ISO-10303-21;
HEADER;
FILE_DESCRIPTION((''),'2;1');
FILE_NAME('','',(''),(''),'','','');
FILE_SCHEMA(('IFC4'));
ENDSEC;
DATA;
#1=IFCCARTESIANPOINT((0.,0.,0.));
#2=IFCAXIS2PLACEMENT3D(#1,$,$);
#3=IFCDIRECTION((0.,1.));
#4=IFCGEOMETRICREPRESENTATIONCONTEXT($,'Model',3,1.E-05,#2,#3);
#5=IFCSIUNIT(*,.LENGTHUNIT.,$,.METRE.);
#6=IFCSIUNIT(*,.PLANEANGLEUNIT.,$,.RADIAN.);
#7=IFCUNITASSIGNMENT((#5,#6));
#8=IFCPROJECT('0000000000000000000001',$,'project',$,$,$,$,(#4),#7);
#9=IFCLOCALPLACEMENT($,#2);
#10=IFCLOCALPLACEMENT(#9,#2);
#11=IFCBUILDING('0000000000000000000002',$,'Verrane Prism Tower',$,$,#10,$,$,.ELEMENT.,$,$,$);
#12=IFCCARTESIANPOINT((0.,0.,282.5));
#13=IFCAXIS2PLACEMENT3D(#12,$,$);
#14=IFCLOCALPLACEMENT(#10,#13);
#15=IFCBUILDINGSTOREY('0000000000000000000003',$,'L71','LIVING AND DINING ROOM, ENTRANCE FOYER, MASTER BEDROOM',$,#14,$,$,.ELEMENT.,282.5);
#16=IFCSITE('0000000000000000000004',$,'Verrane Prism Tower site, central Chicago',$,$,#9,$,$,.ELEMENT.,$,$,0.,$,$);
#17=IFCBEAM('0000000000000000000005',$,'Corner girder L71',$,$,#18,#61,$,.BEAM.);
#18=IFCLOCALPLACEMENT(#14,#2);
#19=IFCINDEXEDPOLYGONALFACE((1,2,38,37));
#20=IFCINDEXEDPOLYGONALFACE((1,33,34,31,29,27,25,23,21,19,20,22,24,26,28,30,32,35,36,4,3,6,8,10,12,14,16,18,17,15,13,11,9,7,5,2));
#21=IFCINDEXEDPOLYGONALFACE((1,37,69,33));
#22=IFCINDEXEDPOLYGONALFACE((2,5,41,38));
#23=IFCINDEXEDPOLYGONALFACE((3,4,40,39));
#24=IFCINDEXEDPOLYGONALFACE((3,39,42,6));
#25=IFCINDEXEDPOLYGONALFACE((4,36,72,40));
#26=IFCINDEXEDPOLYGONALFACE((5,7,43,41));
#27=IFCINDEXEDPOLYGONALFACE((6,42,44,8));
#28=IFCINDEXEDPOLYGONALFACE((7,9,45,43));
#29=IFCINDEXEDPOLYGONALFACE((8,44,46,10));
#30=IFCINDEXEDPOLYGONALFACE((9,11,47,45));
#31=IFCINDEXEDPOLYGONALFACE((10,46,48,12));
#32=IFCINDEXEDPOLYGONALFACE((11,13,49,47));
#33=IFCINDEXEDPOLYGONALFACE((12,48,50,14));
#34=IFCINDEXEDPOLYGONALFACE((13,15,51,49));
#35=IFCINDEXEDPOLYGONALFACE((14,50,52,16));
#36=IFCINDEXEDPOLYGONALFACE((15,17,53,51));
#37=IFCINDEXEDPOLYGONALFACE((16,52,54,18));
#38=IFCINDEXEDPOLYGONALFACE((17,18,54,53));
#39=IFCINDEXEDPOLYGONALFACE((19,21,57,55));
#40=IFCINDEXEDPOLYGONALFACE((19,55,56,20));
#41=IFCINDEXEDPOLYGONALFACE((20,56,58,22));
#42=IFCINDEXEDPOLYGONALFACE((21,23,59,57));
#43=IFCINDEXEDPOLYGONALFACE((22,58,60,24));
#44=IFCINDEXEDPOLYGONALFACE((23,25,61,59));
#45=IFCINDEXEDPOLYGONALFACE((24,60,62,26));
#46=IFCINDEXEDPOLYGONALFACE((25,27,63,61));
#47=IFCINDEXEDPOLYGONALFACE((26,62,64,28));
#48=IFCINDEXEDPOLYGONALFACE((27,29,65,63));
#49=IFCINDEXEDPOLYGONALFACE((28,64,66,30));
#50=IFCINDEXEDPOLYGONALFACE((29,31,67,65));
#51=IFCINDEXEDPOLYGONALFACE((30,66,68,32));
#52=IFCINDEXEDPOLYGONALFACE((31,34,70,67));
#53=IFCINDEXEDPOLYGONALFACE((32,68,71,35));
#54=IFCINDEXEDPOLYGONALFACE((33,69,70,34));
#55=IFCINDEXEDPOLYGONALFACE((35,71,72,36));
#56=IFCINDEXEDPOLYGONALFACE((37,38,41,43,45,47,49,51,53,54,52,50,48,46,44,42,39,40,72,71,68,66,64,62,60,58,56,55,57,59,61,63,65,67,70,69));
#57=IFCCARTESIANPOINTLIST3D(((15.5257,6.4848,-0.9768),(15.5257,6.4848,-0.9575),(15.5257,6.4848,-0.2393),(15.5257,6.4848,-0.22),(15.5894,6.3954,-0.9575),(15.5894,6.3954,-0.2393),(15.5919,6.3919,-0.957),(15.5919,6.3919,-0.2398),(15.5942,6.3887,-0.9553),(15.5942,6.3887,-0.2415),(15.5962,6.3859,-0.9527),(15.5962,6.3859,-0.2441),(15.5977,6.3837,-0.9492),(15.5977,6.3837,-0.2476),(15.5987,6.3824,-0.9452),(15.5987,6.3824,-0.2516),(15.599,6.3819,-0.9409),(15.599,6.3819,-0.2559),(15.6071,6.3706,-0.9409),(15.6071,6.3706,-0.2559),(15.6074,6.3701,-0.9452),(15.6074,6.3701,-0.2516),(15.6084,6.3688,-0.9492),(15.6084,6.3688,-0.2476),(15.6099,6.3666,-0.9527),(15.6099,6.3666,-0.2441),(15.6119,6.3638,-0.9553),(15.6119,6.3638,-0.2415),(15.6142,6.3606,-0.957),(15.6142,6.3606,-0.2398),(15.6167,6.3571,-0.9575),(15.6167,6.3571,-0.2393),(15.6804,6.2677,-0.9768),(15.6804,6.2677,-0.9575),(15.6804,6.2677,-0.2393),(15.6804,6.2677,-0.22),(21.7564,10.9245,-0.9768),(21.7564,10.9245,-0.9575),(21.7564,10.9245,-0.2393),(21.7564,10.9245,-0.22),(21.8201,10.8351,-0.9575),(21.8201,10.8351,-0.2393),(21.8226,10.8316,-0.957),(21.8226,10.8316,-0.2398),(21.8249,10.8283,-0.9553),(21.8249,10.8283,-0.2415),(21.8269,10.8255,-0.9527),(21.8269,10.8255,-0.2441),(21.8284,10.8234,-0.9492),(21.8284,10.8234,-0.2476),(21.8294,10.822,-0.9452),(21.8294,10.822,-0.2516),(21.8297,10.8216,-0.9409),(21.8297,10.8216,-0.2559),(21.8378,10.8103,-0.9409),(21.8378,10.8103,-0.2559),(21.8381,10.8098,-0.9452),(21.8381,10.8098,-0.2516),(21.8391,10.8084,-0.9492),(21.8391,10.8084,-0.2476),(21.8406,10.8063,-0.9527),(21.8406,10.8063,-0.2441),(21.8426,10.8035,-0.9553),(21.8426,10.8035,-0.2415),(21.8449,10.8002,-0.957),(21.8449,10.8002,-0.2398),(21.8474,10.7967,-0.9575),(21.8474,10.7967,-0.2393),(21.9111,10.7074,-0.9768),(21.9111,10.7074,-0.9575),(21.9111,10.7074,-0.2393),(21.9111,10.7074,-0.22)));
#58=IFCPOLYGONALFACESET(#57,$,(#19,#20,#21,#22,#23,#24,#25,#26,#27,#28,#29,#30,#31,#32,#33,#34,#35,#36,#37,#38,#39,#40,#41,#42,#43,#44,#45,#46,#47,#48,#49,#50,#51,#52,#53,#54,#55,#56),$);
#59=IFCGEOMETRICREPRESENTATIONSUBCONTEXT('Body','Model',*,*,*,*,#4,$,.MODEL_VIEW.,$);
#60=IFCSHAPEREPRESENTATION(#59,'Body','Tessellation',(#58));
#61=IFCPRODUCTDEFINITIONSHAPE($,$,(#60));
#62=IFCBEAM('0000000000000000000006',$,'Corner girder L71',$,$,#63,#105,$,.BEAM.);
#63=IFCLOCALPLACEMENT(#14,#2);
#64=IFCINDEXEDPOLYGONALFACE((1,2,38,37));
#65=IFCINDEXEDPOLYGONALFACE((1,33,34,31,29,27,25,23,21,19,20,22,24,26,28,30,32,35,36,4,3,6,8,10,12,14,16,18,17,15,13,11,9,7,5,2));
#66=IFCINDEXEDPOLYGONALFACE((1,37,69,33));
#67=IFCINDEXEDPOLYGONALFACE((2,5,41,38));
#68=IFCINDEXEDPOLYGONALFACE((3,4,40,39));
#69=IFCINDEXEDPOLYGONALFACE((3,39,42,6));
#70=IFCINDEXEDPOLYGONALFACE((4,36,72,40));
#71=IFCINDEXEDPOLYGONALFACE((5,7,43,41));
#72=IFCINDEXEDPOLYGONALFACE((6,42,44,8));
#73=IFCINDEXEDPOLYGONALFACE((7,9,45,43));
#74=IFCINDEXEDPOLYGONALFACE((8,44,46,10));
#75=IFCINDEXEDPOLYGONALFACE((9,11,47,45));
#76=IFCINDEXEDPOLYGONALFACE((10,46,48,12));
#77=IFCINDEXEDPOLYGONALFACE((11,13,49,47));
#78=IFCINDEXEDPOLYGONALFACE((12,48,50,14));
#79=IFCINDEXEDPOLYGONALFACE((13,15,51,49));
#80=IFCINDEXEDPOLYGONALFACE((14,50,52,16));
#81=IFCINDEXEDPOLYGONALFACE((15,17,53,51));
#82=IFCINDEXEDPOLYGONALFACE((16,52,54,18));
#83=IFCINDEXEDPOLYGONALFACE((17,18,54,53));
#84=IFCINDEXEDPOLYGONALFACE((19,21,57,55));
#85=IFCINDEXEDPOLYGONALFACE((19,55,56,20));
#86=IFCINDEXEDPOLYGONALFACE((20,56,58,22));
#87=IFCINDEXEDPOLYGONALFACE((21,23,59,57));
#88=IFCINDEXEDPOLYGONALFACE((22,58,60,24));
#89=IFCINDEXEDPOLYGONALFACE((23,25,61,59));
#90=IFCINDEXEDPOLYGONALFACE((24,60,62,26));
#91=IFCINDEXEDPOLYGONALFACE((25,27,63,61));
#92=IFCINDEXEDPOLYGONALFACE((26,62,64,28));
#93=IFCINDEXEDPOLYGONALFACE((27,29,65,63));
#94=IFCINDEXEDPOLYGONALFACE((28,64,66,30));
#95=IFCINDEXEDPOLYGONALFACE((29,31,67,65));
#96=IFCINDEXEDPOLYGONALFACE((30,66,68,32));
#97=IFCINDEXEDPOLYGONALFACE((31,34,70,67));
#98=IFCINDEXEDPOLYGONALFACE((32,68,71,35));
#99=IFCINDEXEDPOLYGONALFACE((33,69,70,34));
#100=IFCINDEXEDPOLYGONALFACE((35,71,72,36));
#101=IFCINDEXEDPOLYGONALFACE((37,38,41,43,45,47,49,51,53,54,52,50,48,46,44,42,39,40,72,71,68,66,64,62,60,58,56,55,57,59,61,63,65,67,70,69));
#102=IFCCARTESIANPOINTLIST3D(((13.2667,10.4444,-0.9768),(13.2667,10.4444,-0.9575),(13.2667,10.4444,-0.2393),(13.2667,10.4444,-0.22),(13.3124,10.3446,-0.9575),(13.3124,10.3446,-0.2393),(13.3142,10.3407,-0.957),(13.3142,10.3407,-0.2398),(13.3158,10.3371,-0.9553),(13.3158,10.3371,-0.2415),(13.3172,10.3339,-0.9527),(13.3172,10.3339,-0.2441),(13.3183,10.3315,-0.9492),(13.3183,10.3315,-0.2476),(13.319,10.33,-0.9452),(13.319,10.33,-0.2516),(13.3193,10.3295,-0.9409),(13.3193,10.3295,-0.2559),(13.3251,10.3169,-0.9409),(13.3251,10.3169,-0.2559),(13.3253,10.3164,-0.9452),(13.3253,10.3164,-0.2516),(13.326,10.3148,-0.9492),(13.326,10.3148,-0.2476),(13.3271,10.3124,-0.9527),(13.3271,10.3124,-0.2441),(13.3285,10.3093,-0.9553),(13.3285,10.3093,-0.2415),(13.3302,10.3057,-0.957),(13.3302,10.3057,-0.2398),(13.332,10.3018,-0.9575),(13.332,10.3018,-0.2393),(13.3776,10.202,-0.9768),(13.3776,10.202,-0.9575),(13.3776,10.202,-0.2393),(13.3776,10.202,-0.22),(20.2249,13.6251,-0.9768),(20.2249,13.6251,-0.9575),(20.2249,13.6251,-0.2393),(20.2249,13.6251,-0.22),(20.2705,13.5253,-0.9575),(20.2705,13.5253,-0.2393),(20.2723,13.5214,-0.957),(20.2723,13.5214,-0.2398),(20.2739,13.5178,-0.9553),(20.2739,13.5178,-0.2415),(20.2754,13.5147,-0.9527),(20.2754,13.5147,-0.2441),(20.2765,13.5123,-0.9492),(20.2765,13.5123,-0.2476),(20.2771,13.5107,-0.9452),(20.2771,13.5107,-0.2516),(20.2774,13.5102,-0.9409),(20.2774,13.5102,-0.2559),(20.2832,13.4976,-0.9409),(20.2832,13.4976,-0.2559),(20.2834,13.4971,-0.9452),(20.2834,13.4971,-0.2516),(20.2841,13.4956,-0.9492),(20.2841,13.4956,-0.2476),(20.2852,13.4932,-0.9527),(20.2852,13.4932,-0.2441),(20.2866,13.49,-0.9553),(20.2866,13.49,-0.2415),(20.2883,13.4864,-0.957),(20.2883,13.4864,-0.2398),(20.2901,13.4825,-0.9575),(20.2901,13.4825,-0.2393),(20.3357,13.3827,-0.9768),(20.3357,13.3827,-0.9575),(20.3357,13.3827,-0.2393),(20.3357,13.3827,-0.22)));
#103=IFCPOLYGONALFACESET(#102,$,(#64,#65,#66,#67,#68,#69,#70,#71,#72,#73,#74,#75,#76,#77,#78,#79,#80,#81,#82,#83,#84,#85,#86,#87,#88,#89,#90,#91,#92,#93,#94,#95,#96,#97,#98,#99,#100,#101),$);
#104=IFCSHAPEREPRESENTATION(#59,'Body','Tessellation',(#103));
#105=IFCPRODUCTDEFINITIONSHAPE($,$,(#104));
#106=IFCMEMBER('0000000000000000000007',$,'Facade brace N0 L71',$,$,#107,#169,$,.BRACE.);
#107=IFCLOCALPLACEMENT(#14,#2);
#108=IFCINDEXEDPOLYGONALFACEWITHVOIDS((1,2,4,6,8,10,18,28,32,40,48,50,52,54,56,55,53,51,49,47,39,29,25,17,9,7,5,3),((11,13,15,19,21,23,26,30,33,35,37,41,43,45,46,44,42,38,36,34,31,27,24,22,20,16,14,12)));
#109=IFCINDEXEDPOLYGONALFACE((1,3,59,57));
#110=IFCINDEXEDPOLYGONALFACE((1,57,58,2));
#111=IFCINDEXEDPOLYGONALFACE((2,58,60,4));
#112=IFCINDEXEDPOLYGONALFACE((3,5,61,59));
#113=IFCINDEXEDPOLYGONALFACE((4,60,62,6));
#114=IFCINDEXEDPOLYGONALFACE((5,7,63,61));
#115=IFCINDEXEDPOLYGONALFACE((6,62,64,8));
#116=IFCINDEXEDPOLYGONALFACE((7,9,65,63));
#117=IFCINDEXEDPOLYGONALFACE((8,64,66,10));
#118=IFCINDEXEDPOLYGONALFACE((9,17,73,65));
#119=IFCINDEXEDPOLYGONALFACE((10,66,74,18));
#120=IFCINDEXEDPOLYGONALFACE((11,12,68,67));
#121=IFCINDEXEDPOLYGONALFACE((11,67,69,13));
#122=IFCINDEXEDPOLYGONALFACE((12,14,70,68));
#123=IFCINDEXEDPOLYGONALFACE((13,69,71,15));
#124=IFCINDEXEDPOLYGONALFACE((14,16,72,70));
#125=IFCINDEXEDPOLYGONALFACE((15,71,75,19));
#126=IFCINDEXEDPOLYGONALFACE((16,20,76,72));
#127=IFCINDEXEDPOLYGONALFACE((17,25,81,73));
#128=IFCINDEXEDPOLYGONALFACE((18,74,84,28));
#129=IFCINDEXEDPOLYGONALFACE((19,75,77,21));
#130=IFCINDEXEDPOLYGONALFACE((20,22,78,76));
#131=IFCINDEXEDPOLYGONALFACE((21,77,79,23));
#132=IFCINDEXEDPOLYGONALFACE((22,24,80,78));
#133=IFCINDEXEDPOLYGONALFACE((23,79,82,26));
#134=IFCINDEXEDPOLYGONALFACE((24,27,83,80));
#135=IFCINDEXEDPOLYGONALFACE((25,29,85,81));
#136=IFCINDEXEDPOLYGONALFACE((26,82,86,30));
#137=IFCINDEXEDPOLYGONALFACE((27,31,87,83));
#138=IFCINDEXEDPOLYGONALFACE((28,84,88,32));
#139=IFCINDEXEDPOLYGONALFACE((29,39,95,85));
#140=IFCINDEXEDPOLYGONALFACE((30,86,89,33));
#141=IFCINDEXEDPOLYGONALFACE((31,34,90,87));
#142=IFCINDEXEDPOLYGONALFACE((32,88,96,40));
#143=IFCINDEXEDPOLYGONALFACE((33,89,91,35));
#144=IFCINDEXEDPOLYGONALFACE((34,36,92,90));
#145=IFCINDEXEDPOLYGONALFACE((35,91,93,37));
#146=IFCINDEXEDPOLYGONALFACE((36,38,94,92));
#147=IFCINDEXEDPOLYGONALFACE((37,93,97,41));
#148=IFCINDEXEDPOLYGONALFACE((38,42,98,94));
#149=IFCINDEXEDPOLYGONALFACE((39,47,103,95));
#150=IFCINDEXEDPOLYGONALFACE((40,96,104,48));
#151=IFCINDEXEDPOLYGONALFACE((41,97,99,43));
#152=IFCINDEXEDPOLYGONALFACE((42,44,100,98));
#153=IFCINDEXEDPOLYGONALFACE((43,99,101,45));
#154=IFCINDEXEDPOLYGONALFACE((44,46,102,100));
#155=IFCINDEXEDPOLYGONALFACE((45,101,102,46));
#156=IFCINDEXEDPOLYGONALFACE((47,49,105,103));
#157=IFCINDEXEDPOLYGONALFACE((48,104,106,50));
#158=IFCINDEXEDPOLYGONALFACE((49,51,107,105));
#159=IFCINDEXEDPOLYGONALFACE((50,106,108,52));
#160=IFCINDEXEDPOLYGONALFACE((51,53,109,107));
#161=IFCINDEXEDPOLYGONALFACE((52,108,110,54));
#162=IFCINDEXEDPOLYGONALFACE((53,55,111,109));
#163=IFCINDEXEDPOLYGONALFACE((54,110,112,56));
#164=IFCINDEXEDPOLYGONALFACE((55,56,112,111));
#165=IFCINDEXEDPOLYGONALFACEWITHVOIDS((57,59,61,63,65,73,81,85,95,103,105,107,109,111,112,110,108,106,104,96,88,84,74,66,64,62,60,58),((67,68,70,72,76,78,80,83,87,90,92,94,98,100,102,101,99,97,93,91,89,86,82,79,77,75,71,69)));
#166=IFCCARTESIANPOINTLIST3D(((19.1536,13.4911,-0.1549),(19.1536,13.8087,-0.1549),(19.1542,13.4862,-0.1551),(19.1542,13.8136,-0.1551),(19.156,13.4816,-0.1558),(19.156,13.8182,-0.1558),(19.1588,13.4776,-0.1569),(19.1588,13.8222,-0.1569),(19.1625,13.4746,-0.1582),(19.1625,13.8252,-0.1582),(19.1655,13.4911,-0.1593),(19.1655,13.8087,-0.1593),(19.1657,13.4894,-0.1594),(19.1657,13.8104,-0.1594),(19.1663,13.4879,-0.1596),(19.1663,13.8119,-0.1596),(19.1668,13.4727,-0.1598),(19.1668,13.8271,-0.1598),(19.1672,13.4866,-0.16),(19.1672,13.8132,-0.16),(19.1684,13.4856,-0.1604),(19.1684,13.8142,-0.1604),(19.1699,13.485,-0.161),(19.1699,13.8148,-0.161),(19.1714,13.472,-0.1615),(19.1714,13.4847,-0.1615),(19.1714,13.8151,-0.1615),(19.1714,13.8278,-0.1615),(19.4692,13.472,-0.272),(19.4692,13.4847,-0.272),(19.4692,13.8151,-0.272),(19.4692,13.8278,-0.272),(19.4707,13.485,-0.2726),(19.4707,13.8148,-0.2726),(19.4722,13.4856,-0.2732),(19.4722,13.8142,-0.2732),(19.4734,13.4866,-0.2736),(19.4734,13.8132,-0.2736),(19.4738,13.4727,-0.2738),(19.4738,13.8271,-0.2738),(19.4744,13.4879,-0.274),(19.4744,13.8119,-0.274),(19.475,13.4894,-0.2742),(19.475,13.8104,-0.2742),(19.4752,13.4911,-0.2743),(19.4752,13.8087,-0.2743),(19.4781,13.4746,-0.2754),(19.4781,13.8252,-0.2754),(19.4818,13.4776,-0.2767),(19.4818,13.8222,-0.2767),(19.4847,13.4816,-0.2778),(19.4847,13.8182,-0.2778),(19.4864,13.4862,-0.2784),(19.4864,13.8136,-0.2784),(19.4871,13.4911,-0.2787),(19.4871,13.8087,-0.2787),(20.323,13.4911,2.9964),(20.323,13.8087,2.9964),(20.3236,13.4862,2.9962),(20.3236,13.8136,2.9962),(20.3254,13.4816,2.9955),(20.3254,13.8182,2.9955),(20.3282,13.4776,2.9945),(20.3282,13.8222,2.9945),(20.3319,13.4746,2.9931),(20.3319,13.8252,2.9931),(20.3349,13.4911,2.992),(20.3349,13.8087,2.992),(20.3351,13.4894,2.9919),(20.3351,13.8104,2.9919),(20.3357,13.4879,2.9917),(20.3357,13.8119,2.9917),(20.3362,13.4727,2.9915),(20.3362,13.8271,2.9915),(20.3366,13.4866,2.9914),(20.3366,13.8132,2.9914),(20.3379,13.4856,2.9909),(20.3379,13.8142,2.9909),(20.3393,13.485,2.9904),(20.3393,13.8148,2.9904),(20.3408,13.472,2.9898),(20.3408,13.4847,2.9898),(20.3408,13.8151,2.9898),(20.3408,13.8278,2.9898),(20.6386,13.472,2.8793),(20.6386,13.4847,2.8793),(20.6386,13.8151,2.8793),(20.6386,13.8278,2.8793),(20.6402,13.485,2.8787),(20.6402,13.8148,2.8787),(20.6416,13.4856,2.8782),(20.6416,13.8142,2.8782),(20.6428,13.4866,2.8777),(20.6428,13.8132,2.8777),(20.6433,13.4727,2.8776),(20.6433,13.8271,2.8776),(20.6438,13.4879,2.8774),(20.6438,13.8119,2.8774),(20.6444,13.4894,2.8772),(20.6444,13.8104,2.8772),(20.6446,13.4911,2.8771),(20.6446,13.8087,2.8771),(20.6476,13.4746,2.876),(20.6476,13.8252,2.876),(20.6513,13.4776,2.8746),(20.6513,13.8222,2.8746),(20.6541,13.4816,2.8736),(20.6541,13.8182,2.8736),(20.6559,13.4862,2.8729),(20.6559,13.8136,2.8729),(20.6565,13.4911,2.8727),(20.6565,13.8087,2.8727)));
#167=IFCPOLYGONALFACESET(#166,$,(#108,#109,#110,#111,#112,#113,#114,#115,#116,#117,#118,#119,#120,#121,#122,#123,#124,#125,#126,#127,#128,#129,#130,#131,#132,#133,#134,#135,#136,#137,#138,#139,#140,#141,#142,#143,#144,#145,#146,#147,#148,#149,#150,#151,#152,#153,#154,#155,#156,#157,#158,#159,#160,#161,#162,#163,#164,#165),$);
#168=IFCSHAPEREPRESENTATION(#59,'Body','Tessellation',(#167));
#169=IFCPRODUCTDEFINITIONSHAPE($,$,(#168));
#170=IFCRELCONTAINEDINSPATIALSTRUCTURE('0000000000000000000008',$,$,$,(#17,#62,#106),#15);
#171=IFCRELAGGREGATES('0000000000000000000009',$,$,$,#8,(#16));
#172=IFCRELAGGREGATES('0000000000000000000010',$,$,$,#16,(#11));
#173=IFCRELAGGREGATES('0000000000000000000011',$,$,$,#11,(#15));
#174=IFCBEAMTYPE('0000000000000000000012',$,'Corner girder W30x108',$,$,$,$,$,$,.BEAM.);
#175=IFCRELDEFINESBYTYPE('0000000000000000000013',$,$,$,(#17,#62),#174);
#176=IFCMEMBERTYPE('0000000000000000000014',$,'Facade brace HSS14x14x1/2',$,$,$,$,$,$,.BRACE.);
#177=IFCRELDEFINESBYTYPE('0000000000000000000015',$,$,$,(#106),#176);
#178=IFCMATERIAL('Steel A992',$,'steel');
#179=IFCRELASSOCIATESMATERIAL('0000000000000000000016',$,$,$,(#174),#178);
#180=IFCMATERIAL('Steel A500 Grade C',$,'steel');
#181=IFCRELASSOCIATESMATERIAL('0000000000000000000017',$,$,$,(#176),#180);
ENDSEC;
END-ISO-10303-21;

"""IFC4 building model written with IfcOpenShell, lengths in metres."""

from ifc_helpers import new_model, si_unit, direction, frame, origin, origin_2d, place, context, subcontext, project, spatial, hollow_rectangle, i_section, extrude, material, material_profile, profile_set, type_object, element, save


model = new_model("IFC4")

# Units and contexts
model_context = context("Model", 3, precision=1e-05, world=origin(), true_north=direction((0.0, 1.0)))
body_context = subcontext(model_context, "Body", "Model", "MODEL_VIEW")
ifc_project = project(units=[si_unit("LENGTHUNIT", "METRE"), si_unit("PLANEANGLEUNIT", "RADIAN")], contexts=[model_context])

# Site, building, storey
site_placement = place(None, origin())
site = spatial("IfcSite", under=ifc_project, at=site_placement, Name="Verrane Prism Tower site, central Chicago", CompositionType="ELEMENT", RefElevation=0.0)
building_placement = place(site_placement, origin())
building = spatial("IfcBuilding", under=site, at=building_placement, Name="Verrane Prism Tower", CompositionType="ELEMENT")
storey_placement = place(building_placement, frame((0.0, 0.0, 282.5)))
storey = spatial("IfcBuildingStorey", under=building, at=storey_placement, Name="L71", Description="LIVING AND DINING ROOM, ENTRANCE FOYER, MASTER BEDROOM", CompositionType="ELEMENT", Elevation=282.5)

# Beams
ifc_material_1 = material(Name="Steel A992", Category="steel")
ifc_material_profile_1 = material_profile(ifc_material_1, i_section(OverallWidth=0.2666, OverallDepth=0.7568, WebThickness=0.0139, FlangeThickness=0.0193, FilletRadius=0.0166, at=origin_2d()), Name="W30x108")
ifc_profile_set_1 = profile_set([ifc_material_profile_1], Name="Steel A992")
beam_type_1 = type_object("IfcBeamType", Name="Corner girder W30x108", PredefinedType="BEAM", material=ifc_profile_set_1)
for number, where, z_axis, x_axis, name in (
    (1, (21.8337, 10.8159, -0.5984), (-0.814401, -0.580302, 0.0), (0.580302, -0.814401, 0.0), "Corner girder L71"),
    (2, (20.2803, 13.5039, -0.5984), (-0.909481, -0.415745, 0.0), (0.415745, -0.909481, 0.0), "Corner girder L71"),
):
    element("IfcBeam", number, at=place(storey_placement, frame(where, z_axis=z_axis, x_axis=x_axis)), inside=storey, type_object=beam_type_1, Name=name, PredefinedType="BEAM", context=body_context, shape_type="SweptSolid", body=[
        extrude(i_section(OverallWidth=0.2666, OverallDepth=0.7568, WebThickness=0.0139, FlangeThickness=0.0193, FilletRadius=0.0166, at=origin_2d()), origin(), (0.0, 0.0, 1.0), 7.6506),
    ])

# Member
ifc_material_2 = material(Name="Steel A500 Grade C", Category="steel")
ifc_material_profile_2 = material_profile(ifc_material_2, hollow_rectangle(XDim=0.3557, YDim=0.3557, WallThickness=0.0127, InnerFilletRadius=0.0063, OuterFilletRadius=0.019, at=origin_2d()), Name="HSS14x14x1/2")
ifc_profile_set_2 = profile_set([ifc_material_profile_2], Name="Steel A500 Grade C")
member_type_1 = type_object("IfcMemberType", Name="Facade brace HSS14x14x1/2", PredefinedType="BRACE", material=ifc_profile_set_2)
member_1_placement = place(storey_placement, frame((19.3203, 13.6499, -0.2168), z_axis=(0.347906, 0.0, 0.93753), x_axis=(0.0, 1.0, 0.0)))
element("IfcMember", 3, at=member_1_placement, inside=storey, type_object=member_type_1, Name="Facade brace N0 L71", PredefinedType="BRACE", context=body_context, shape_type="SweptSolid", body=[
    extrude(hollow_rectangle(XDim=0.3557, YDim=0.3557, WallThickness=0.0127, InnerFilletRadius=0.0063, OuterFilletRadius=0.019, at=origin_2d()), origin(), (0.0, 0.0, 1.0), 3.3613),
])

save(model, "model.ifc")
